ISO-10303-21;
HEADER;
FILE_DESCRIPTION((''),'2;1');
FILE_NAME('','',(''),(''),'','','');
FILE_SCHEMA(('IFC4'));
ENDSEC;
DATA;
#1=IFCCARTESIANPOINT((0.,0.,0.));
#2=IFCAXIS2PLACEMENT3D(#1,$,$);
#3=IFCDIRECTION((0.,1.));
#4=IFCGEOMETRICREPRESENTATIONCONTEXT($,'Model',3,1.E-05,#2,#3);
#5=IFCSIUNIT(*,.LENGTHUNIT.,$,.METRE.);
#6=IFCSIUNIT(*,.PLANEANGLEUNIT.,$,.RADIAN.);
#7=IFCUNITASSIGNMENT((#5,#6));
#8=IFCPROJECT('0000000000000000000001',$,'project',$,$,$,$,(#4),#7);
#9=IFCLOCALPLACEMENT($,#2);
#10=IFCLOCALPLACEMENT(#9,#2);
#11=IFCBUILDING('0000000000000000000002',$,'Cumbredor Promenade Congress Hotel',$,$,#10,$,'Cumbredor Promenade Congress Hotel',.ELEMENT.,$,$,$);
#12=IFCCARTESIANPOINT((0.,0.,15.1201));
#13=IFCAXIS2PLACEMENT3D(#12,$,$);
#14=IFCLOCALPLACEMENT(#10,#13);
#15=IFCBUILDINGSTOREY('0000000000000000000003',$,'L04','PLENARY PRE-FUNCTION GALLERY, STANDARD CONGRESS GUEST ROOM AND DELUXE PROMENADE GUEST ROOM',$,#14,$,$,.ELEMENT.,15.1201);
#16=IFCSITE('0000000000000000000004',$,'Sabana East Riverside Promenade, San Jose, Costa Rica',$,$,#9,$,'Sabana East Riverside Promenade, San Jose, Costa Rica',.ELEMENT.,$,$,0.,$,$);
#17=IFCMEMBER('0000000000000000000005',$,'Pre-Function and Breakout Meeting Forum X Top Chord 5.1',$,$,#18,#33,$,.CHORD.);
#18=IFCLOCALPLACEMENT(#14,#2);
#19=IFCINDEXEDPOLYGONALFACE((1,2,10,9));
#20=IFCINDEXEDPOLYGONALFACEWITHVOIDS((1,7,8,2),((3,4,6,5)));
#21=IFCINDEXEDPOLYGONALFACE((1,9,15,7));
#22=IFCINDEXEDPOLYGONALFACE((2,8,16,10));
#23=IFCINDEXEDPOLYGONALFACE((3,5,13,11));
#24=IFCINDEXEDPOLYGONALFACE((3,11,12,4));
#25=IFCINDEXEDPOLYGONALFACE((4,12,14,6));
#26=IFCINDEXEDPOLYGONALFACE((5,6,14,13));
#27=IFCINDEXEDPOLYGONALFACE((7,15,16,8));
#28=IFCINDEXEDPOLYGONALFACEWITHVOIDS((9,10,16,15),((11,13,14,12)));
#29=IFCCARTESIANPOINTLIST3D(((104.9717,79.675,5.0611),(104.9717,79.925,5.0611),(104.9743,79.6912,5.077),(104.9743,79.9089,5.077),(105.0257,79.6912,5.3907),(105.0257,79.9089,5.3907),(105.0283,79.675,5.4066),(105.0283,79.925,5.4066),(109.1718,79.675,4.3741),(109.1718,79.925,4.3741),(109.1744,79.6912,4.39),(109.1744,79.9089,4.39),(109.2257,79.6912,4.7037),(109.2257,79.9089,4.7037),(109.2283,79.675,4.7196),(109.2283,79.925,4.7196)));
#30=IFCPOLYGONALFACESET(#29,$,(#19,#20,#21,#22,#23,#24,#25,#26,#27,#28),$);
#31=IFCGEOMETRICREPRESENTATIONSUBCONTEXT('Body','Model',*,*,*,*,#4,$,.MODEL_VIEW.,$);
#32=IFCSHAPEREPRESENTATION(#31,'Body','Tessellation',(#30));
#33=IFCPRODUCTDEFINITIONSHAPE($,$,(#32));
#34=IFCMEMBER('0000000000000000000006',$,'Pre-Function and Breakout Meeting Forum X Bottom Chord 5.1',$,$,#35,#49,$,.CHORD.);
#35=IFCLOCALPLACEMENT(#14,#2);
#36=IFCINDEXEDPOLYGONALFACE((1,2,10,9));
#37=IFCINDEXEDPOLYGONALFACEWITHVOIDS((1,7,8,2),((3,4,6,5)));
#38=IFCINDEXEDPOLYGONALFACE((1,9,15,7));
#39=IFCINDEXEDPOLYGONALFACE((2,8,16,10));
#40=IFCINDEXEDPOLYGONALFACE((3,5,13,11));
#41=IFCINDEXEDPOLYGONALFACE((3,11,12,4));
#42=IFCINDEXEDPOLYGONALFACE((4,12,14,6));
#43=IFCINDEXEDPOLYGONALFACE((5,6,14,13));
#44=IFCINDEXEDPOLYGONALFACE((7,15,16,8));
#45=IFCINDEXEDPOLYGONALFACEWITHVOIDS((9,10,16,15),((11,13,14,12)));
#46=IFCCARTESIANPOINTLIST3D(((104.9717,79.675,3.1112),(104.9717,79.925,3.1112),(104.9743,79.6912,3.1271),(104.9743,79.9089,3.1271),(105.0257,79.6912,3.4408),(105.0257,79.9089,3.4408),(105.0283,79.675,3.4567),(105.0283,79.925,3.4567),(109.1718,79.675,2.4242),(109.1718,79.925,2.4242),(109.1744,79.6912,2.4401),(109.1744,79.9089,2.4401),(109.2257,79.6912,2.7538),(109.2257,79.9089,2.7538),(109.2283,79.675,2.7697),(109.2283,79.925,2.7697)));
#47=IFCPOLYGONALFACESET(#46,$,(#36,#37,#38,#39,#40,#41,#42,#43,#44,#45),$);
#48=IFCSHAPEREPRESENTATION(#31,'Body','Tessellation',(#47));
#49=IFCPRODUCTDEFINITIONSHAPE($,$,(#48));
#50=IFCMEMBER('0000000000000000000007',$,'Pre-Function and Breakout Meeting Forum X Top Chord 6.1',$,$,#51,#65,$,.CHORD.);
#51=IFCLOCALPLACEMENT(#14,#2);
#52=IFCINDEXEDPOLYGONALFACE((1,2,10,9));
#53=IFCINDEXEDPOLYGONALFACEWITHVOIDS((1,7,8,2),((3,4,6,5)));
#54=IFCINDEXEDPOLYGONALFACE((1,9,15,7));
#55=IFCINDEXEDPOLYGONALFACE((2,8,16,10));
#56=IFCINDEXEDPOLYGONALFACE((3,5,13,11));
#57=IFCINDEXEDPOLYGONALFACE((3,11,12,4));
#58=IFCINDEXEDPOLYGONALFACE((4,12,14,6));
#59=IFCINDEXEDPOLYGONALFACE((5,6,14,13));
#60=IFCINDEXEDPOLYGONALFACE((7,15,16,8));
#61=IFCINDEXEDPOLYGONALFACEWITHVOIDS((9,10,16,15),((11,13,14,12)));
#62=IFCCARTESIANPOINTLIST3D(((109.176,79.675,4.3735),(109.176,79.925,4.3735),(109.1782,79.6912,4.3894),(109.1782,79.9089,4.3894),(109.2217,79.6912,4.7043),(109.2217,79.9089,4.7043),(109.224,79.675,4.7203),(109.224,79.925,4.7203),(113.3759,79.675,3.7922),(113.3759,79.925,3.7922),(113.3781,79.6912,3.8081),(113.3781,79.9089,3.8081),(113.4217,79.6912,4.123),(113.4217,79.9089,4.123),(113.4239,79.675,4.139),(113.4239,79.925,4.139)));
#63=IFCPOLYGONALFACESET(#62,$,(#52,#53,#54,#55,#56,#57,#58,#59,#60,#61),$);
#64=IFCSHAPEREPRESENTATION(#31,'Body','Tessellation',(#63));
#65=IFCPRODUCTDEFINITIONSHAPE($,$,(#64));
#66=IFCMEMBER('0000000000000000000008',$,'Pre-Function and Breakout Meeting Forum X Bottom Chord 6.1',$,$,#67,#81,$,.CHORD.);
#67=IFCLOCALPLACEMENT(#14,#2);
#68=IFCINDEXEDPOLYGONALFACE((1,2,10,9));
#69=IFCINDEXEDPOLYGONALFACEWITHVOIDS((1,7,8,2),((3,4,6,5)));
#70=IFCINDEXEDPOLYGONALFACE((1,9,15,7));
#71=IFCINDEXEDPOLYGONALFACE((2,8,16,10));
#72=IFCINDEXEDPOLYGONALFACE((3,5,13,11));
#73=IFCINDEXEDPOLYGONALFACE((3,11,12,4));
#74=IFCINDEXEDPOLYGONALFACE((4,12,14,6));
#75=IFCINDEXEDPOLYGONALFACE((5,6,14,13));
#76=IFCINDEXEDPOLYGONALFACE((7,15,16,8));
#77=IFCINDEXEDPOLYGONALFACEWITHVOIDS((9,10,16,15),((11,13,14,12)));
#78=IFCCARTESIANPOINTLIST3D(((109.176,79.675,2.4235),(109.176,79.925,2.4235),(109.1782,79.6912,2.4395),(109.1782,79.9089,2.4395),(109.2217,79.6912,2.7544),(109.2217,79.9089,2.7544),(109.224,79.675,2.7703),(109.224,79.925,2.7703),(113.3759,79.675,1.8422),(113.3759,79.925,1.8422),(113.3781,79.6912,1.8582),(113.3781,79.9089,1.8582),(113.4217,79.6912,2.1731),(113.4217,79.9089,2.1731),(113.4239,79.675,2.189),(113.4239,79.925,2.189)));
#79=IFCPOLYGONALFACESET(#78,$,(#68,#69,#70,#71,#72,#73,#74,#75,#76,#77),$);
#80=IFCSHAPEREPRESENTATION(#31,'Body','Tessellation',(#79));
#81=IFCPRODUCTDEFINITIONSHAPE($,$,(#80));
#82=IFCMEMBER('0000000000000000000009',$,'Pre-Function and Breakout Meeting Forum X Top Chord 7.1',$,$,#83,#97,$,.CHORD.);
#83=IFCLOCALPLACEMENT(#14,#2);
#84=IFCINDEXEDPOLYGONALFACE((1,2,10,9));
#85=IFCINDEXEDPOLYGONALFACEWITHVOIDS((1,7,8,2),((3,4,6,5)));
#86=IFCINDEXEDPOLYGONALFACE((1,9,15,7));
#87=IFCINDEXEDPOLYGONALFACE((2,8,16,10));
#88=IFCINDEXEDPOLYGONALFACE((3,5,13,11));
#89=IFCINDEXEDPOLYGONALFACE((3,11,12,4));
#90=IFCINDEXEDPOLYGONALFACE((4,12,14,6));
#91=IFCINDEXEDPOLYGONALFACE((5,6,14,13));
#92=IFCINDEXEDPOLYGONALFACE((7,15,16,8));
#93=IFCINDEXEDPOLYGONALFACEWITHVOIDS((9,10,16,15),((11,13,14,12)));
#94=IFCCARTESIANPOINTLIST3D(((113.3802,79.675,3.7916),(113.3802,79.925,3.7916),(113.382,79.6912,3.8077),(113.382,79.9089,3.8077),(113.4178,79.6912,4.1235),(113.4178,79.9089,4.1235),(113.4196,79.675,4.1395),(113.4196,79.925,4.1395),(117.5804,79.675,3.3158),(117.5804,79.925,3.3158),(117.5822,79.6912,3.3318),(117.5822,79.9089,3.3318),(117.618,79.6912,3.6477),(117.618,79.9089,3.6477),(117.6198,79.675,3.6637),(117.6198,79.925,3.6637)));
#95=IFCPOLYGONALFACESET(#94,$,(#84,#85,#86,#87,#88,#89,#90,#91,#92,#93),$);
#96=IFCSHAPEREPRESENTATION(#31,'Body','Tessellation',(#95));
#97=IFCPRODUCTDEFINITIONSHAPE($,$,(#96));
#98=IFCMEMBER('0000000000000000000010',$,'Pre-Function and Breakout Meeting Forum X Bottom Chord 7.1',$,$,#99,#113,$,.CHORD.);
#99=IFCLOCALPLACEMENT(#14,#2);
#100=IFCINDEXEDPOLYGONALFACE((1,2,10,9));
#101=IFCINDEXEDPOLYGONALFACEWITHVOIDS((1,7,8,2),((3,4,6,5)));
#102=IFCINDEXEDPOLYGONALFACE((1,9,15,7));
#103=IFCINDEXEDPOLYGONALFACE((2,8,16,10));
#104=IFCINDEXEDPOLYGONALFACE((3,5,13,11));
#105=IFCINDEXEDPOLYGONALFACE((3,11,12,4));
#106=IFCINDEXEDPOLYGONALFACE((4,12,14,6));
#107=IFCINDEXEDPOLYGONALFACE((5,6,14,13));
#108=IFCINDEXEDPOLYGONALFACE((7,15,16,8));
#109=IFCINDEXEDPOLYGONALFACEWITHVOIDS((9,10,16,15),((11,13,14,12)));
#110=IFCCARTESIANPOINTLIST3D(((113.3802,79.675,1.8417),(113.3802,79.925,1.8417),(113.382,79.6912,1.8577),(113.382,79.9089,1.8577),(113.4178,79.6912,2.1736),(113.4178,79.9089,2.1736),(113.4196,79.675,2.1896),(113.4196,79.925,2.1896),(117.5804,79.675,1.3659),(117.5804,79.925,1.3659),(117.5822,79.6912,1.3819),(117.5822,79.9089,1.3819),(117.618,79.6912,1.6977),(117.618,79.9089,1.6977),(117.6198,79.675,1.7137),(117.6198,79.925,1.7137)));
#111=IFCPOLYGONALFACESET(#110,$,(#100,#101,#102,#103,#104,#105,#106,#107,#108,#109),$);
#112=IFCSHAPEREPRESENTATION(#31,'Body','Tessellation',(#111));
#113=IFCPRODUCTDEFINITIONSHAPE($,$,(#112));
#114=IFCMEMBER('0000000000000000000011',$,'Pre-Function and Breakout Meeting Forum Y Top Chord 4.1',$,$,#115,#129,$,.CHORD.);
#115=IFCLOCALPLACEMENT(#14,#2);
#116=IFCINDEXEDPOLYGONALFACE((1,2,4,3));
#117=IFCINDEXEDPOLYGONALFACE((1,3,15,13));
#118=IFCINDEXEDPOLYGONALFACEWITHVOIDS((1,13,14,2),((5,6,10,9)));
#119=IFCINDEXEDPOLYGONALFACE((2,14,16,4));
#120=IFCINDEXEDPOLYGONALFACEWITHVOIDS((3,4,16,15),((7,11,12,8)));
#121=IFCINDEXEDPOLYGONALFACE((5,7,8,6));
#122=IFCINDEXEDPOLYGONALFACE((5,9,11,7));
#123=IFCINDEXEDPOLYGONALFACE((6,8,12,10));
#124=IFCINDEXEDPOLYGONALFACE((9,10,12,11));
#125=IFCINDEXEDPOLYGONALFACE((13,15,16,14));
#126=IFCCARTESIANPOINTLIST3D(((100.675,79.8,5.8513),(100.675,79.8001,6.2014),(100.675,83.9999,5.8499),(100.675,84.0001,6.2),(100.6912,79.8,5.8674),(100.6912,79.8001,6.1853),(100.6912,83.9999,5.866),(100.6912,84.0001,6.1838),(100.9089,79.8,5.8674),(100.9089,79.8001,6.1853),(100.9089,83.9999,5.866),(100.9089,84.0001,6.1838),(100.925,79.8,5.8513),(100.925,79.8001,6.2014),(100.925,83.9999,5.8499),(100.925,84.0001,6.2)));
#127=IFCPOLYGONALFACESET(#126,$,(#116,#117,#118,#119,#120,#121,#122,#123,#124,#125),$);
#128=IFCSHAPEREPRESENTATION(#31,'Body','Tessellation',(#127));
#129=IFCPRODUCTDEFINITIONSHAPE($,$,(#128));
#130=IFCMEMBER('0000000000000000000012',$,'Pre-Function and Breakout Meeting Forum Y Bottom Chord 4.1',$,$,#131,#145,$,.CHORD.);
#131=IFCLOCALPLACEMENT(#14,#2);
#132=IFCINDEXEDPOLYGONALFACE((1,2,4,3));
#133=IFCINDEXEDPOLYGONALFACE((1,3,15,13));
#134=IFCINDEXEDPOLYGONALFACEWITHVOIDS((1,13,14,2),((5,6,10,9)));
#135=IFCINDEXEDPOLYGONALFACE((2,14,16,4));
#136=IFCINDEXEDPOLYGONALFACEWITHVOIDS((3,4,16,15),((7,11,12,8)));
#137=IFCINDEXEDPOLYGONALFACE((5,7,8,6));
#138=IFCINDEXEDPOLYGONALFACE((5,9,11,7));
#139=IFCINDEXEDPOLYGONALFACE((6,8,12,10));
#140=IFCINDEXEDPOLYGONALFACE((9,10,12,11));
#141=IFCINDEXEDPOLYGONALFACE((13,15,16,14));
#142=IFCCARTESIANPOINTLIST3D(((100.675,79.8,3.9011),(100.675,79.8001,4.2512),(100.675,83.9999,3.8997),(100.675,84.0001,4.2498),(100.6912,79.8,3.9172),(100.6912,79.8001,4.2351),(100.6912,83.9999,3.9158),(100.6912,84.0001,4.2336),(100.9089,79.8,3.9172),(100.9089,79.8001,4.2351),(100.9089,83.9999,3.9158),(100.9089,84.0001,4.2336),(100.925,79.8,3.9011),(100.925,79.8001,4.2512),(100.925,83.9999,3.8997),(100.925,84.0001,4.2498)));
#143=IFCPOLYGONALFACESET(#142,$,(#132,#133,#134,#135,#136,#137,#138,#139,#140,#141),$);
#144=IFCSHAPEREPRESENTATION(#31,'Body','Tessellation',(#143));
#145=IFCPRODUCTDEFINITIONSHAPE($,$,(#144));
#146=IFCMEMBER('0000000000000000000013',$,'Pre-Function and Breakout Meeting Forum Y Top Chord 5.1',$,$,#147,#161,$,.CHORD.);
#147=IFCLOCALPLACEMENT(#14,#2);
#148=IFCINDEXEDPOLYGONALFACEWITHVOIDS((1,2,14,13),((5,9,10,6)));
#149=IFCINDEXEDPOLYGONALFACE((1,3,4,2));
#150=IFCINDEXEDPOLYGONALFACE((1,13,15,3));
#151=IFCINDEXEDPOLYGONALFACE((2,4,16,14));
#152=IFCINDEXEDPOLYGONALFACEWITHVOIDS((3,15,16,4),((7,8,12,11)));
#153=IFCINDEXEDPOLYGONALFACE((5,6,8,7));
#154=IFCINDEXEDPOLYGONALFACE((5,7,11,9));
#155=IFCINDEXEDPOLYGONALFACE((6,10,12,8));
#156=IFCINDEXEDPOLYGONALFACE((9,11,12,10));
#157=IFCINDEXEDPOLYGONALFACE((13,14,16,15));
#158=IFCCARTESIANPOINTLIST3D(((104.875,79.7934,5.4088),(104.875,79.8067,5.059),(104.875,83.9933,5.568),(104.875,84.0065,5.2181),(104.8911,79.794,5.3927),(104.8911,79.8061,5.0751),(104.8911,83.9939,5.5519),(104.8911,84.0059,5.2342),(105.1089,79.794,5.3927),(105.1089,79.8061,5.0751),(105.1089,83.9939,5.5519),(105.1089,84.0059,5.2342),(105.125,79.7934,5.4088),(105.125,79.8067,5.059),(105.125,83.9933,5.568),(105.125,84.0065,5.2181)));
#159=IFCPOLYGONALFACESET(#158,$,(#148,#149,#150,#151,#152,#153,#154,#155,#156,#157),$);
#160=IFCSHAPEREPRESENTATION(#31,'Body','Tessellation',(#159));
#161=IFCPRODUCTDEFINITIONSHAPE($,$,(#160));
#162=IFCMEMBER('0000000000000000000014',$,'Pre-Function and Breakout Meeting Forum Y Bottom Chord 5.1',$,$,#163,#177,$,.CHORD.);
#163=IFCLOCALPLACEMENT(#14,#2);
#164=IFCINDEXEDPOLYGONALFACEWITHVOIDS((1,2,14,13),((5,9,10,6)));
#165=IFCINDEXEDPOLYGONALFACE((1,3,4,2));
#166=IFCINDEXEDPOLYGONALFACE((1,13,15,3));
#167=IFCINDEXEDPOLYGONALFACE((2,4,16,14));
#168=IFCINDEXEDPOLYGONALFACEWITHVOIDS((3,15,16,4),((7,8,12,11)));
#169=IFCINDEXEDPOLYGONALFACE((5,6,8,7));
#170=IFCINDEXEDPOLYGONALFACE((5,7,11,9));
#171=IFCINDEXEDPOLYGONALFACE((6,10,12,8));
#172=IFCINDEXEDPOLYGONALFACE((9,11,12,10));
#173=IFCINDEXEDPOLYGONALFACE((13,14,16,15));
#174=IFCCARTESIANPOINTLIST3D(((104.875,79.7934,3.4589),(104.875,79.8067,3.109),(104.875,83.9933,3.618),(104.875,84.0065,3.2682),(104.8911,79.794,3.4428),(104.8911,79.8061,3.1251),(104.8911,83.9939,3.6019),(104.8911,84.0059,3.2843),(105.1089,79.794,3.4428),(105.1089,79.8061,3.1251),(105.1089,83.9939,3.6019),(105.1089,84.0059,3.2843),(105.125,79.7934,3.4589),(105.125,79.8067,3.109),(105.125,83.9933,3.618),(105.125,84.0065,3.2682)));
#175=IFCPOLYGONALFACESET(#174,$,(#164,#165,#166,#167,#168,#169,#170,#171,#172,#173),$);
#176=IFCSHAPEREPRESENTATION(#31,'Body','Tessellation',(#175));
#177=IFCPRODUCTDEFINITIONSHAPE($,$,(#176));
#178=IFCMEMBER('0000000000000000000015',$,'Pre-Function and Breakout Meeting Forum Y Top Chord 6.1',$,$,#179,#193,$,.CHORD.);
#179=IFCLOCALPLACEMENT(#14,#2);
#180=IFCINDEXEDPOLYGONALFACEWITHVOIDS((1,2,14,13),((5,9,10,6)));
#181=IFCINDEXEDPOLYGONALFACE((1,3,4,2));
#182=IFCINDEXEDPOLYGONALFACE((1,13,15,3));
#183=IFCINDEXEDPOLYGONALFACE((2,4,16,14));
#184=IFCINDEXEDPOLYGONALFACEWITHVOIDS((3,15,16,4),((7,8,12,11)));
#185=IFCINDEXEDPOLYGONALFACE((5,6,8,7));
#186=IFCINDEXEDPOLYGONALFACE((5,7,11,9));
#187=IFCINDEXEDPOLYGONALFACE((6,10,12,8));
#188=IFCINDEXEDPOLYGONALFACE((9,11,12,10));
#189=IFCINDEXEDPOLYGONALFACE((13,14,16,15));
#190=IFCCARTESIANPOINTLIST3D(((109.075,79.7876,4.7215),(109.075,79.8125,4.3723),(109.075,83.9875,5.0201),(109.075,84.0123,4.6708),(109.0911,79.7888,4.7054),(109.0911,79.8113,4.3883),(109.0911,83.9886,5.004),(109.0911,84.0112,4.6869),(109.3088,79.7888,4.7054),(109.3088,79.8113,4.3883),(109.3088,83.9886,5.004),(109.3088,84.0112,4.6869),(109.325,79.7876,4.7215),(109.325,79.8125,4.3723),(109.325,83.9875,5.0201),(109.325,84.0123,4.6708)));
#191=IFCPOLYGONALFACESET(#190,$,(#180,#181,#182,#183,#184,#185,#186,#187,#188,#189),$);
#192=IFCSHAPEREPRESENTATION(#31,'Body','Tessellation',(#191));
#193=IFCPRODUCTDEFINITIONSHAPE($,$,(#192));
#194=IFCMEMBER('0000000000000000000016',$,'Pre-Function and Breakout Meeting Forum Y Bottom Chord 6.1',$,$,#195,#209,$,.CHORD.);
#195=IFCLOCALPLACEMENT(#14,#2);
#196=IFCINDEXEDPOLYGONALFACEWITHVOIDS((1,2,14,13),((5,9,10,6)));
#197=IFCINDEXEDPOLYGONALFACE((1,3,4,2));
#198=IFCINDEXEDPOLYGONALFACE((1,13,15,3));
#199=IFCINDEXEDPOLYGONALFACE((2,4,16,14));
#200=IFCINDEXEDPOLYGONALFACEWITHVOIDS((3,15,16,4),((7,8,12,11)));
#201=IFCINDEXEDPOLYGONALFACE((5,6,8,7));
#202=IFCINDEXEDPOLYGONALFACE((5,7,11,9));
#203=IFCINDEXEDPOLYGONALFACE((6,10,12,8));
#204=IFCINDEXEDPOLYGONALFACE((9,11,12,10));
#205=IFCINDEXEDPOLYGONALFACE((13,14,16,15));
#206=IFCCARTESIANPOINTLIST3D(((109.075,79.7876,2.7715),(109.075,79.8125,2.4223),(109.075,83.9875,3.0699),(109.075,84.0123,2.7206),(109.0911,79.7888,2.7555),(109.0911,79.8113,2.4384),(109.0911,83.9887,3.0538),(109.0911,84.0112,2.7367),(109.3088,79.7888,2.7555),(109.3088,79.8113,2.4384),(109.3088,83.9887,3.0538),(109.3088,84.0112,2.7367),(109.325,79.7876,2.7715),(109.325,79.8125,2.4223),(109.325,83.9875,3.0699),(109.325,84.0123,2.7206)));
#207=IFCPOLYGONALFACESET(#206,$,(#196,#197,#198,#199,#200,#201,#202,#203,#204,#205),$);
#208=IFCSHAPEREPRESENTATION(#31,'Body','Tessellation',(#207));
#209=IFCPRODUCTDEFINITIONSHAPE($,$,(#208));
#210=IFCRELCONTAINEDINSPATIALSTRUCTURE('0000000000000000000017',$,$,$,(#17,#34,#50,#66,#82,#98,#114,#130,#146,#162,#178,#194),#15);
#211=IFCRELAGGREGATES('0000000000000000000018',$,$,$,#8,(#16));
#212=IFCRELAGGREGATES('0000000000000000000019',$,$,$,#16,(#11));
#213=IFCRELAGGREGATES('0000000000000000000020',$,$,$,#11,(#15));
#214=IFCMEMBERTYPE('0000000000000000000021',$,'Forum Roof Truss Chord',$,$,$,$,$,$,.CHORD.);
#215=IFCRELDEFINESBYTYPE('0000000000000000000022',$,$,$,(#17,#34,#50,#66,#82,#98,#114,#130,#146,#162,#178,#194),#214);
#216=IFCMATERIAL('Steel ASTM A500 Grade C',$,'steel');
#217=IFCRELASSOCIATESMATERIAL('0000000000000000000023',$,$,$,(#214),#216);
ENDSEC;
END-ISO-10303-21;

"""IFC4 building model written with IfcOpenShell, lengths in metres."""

from ifc_helpers import new_model, si_unit, direction, frame, origin, origin_2d, place, context, subcontext, project, spatial, hollow_rectangle, extrude, material, material_profile, profile_set, type_object, element, save


model = new_model("IFC4")

# Units and contexts
model_context = context("Model", 3, precision=1e-05, world=origin(), true_north=direction((0.0, 1.0)))
body_context = subcontext(model_context, "Body", "Model", "MODEL_VIEW")
ifc_project = project(units=[si_unit("LENGTHUNIT", "METRE"), si_unit("PLANEANGLEUNIT", "RADIAN")], contexts=[model_context])

# Site, building, storey
site_placement = place(None, origin())
site = spatial("IfcSite", under=ifc_project, at=site_placement, Name="Sabana East Riverside Promenade, San Jose, Costa Rica", LongName="Sabana East Riverside Promenade, San Jose, Costa Rica", CompositionType="ELEMENT", RefElevation=0.0)
building_placement = place(site_placement, origin())
building = spatial("IfcBuilding", under=site, at=building_placement, Name="Cumbredor Promenade Congress Hotel", LongName="Cumbredor Promenade Congress Hotel", CompositionType="ELEMENT")
storey_placement = place(building_placement, frame((0.0, 0.0, 15.1201)))
storey = spatial("IfcBuildingStorey", under=building, at=storey_placement, Name="L04", Description="PLENARY PRE-FUNCTION GALLERY, STANDARD CONGRESS GUEST ROOM AND DELUXE PROMENADE GUEST ROOM", CompositionType="ELEMENT", Elevation=15.1201)

# Members
ifc_material_1 = material(Name="Steel ASTM A500 Grade C", Category="steel")
ifc_material_profile_1 = material_profile(ifc_material_1, hollow_rectangle(XDim=0.25, YDim=0.3501, WallThickness=0.0161, at=origin_2d()), Name="HSS 350x250x16")
ifc_profile_set_1 = profile_set([ifc_material_profile_1], Name="Steel ASTM A500 Grade C")
member_type_1 = type_object("IfcMemberType", Name="Forum Roof Truss Chord", PredefinedType="CHORD", material=ifc_profile_set_1)
for number, where, z_axis, x_axis, name in (
    (1, (105.0, 79.8, 5.2339), (0.986884, 0.0, -0.161431), (0.0, 1.0, 0.0), "Pre-Function and Breakout Meeting Forum X Top Chord 5.1"),
    (2, (105.0, 79.8, 3.2839), (0.986884, 0.0, -0.161431), (0.0, 1.0, 0.0), "Pre-Function and Breakout Meeting Forum X Bottom Chord 5.1"),
):
    element("IfcMember", number, at=place(storey_placement, frame(where, z_axis=z_axis, x_axis=x_axis)), inside=storey, type_object=member_type_1, Name=name, PredefinedType="CHORD", context=body_context, shape_type="SweptSolid", body=[
        extrude(hollow_rectangle(XDim=0.25, YDim=0.3501, WallThickness=0.0161, at=origin_2d()), origin(), (0.0, 0.0, 1.0), 4.2559),
    ])
for number, where, z_axis, x_axis, name in (
    (3, (109.2, 79.8, 4.5469), (0.990557, 0.0, -0.137099), (0.0, 1.0, 0.0), "Pre-Function and Breakout Meeting Forum X Top Chord 6.1"),
    (4, (109.2, 79.8, 2.5969), (0.990557, 0.0, -0.137099), (0.0, 1.0, 0.0), "Pre-Function and Breakout Meeting Forum X Bottom Chord 6.1"),
):
    element("IfcMember", number, at=place(storey_placement, frame(where, z_axis=z_axis, x_axis=x_axis)), inside=storey, type_object=member_type_1, Name=name, PredefinedType="CHORD", context=body_context, shape_type="SweptSolid", body=[
        extrude(hollow_rectangle(XDim=0.25, YDim=0.3501, WallThickness=0.0161, at=origin_2d()), origin(), (0.0, 0.0, 1.0), 4.24),
    ])
for number, where, z_axis, x_axis, name in (
    (5, (113.3999, 79.8, 3.9656), (0.993644, 0.0, -0.112568), (0.0, 1.0, 0.0), "Pre-Function and Breakout Meeting Forum X Top Chord 7.1"),
    (6, (113.3999, 79.8, 2.0156), (0.993644, 0.0, -0.112568), (0.0, 1.0, 0.0), "Pre-Function and Breakout Meeting Forum X Bottom Chord 7.1"),
):
    element("IfcMember", number, at=place(storey_placement, frame(where, z_axis=z_axis, x_axis=x_axis)), inside=storey, type_object=member_type_1, Name=name, PredefinedType="CHORD", context=body_context, shape_type="SweptSolid", body=[
        extrude(hollow_rectangle(XDim=0.25, YDim=0.3501, WallThickness=0.0161, at=origin_2d()), origin(), (0.0, 0.0, 1.0), 4.2271),
    ])
for number, where, z_axis, x_axis, name in (
    (7, (100.8, 79.8, 6.0264), (0.0, 1.0, -0.000349), (-1.0, 0.0, 0.0), "Pre-Function and Breakout Meeting Forum Y Top Chord 4.1"),
    (8, (100.8, 79.8, 4.0762), (0.0, 1.0, -0.000349), (-1.0, 0.0, 0.0), "Pre-Function and Breakout Meeting Forum Y Bottom Chord 4.1"),
):
    element("IfcMember", number, at=place(storey_placement, frame(where, z_axis=z_axis, x_axis=x_axis)), inside=storey, type_object=member_type_1, Name=name, PredefinedType="CHORD", context=body_context, shape_type="SweptSolid", body=[
        extrude(hollow_rectangle(XDim=0.25, YDim=0.3501, WallThickness=0.0161, at=origin_2d()), origin(), (0.0, 0.0, 1.0), 4.2),
    ])
for number, where, z_axis, x_axis, name in (
    (9, (105.0, 79.8, 5.2339), (0.0, 0.999283, 0.037873), (-1.0, 0.0, 0.0), "Pre-Function and Breakout Meeting Forum Y Top Chord 5.1"),
    (10, (105.0, 79.8, 3.2839), (0.0, 0.999283, 0.037873), (-1.0, 0.0, 0.0), "Pre-Function and Breakout Meeting Forum Y Bottom Chord 5.1"),
):
    element("IfcMember", number, at=place(storey_placement, frame(where, z_axis=z_axis, x_axis=x_axis)), inside=storey, type_object=member_type_1, Name=name, PredefinedType="CHORD", context=body_context, shape_type="SweptSolid", body=[
        extrude(hollow_rectangle(XDim=0.25, YDim=0.3501, WallThickness=0.0161, at=origin_2d()), origin(), (0.0, 0.0, 1.0), 4.2029),
    ])
for number, where, z_axis, x_axis, name in (
    (11, (109.2, 79.8, 4.5469), (0.0, 0.997482, 0.070913), (-1.0, 0.0, 0.0), "Pre-Function and Breakout Meeting Forum Y Top Chord 6.1"),
    (12, (109.2, 79.8, 2.5969), (0.0, 0.997487, 0.070856), (-1.0, 0.0, 0.0), "Pre-Function and Breakout Meeting Forum Y Bottom Chord 6.1"),
):
    element("IfcMember", number, at=place(storey_placement, frame(where, z_axis=z_axis, x_axis=x_axis)), inside=storey, type_object=member_type_1, Name=name, PredefinedType="CHORD", context=body_context, shape_type="SweptSolid", body=[
        extrude(hollow_rectangle(XDim=0.25, YDim=0.3501, WallThickness=0.0161, at=origin_2d()), origin(), (0.0, 0.0, 1.0), 4.2104),
    ])

save(model, "model.ifc")
